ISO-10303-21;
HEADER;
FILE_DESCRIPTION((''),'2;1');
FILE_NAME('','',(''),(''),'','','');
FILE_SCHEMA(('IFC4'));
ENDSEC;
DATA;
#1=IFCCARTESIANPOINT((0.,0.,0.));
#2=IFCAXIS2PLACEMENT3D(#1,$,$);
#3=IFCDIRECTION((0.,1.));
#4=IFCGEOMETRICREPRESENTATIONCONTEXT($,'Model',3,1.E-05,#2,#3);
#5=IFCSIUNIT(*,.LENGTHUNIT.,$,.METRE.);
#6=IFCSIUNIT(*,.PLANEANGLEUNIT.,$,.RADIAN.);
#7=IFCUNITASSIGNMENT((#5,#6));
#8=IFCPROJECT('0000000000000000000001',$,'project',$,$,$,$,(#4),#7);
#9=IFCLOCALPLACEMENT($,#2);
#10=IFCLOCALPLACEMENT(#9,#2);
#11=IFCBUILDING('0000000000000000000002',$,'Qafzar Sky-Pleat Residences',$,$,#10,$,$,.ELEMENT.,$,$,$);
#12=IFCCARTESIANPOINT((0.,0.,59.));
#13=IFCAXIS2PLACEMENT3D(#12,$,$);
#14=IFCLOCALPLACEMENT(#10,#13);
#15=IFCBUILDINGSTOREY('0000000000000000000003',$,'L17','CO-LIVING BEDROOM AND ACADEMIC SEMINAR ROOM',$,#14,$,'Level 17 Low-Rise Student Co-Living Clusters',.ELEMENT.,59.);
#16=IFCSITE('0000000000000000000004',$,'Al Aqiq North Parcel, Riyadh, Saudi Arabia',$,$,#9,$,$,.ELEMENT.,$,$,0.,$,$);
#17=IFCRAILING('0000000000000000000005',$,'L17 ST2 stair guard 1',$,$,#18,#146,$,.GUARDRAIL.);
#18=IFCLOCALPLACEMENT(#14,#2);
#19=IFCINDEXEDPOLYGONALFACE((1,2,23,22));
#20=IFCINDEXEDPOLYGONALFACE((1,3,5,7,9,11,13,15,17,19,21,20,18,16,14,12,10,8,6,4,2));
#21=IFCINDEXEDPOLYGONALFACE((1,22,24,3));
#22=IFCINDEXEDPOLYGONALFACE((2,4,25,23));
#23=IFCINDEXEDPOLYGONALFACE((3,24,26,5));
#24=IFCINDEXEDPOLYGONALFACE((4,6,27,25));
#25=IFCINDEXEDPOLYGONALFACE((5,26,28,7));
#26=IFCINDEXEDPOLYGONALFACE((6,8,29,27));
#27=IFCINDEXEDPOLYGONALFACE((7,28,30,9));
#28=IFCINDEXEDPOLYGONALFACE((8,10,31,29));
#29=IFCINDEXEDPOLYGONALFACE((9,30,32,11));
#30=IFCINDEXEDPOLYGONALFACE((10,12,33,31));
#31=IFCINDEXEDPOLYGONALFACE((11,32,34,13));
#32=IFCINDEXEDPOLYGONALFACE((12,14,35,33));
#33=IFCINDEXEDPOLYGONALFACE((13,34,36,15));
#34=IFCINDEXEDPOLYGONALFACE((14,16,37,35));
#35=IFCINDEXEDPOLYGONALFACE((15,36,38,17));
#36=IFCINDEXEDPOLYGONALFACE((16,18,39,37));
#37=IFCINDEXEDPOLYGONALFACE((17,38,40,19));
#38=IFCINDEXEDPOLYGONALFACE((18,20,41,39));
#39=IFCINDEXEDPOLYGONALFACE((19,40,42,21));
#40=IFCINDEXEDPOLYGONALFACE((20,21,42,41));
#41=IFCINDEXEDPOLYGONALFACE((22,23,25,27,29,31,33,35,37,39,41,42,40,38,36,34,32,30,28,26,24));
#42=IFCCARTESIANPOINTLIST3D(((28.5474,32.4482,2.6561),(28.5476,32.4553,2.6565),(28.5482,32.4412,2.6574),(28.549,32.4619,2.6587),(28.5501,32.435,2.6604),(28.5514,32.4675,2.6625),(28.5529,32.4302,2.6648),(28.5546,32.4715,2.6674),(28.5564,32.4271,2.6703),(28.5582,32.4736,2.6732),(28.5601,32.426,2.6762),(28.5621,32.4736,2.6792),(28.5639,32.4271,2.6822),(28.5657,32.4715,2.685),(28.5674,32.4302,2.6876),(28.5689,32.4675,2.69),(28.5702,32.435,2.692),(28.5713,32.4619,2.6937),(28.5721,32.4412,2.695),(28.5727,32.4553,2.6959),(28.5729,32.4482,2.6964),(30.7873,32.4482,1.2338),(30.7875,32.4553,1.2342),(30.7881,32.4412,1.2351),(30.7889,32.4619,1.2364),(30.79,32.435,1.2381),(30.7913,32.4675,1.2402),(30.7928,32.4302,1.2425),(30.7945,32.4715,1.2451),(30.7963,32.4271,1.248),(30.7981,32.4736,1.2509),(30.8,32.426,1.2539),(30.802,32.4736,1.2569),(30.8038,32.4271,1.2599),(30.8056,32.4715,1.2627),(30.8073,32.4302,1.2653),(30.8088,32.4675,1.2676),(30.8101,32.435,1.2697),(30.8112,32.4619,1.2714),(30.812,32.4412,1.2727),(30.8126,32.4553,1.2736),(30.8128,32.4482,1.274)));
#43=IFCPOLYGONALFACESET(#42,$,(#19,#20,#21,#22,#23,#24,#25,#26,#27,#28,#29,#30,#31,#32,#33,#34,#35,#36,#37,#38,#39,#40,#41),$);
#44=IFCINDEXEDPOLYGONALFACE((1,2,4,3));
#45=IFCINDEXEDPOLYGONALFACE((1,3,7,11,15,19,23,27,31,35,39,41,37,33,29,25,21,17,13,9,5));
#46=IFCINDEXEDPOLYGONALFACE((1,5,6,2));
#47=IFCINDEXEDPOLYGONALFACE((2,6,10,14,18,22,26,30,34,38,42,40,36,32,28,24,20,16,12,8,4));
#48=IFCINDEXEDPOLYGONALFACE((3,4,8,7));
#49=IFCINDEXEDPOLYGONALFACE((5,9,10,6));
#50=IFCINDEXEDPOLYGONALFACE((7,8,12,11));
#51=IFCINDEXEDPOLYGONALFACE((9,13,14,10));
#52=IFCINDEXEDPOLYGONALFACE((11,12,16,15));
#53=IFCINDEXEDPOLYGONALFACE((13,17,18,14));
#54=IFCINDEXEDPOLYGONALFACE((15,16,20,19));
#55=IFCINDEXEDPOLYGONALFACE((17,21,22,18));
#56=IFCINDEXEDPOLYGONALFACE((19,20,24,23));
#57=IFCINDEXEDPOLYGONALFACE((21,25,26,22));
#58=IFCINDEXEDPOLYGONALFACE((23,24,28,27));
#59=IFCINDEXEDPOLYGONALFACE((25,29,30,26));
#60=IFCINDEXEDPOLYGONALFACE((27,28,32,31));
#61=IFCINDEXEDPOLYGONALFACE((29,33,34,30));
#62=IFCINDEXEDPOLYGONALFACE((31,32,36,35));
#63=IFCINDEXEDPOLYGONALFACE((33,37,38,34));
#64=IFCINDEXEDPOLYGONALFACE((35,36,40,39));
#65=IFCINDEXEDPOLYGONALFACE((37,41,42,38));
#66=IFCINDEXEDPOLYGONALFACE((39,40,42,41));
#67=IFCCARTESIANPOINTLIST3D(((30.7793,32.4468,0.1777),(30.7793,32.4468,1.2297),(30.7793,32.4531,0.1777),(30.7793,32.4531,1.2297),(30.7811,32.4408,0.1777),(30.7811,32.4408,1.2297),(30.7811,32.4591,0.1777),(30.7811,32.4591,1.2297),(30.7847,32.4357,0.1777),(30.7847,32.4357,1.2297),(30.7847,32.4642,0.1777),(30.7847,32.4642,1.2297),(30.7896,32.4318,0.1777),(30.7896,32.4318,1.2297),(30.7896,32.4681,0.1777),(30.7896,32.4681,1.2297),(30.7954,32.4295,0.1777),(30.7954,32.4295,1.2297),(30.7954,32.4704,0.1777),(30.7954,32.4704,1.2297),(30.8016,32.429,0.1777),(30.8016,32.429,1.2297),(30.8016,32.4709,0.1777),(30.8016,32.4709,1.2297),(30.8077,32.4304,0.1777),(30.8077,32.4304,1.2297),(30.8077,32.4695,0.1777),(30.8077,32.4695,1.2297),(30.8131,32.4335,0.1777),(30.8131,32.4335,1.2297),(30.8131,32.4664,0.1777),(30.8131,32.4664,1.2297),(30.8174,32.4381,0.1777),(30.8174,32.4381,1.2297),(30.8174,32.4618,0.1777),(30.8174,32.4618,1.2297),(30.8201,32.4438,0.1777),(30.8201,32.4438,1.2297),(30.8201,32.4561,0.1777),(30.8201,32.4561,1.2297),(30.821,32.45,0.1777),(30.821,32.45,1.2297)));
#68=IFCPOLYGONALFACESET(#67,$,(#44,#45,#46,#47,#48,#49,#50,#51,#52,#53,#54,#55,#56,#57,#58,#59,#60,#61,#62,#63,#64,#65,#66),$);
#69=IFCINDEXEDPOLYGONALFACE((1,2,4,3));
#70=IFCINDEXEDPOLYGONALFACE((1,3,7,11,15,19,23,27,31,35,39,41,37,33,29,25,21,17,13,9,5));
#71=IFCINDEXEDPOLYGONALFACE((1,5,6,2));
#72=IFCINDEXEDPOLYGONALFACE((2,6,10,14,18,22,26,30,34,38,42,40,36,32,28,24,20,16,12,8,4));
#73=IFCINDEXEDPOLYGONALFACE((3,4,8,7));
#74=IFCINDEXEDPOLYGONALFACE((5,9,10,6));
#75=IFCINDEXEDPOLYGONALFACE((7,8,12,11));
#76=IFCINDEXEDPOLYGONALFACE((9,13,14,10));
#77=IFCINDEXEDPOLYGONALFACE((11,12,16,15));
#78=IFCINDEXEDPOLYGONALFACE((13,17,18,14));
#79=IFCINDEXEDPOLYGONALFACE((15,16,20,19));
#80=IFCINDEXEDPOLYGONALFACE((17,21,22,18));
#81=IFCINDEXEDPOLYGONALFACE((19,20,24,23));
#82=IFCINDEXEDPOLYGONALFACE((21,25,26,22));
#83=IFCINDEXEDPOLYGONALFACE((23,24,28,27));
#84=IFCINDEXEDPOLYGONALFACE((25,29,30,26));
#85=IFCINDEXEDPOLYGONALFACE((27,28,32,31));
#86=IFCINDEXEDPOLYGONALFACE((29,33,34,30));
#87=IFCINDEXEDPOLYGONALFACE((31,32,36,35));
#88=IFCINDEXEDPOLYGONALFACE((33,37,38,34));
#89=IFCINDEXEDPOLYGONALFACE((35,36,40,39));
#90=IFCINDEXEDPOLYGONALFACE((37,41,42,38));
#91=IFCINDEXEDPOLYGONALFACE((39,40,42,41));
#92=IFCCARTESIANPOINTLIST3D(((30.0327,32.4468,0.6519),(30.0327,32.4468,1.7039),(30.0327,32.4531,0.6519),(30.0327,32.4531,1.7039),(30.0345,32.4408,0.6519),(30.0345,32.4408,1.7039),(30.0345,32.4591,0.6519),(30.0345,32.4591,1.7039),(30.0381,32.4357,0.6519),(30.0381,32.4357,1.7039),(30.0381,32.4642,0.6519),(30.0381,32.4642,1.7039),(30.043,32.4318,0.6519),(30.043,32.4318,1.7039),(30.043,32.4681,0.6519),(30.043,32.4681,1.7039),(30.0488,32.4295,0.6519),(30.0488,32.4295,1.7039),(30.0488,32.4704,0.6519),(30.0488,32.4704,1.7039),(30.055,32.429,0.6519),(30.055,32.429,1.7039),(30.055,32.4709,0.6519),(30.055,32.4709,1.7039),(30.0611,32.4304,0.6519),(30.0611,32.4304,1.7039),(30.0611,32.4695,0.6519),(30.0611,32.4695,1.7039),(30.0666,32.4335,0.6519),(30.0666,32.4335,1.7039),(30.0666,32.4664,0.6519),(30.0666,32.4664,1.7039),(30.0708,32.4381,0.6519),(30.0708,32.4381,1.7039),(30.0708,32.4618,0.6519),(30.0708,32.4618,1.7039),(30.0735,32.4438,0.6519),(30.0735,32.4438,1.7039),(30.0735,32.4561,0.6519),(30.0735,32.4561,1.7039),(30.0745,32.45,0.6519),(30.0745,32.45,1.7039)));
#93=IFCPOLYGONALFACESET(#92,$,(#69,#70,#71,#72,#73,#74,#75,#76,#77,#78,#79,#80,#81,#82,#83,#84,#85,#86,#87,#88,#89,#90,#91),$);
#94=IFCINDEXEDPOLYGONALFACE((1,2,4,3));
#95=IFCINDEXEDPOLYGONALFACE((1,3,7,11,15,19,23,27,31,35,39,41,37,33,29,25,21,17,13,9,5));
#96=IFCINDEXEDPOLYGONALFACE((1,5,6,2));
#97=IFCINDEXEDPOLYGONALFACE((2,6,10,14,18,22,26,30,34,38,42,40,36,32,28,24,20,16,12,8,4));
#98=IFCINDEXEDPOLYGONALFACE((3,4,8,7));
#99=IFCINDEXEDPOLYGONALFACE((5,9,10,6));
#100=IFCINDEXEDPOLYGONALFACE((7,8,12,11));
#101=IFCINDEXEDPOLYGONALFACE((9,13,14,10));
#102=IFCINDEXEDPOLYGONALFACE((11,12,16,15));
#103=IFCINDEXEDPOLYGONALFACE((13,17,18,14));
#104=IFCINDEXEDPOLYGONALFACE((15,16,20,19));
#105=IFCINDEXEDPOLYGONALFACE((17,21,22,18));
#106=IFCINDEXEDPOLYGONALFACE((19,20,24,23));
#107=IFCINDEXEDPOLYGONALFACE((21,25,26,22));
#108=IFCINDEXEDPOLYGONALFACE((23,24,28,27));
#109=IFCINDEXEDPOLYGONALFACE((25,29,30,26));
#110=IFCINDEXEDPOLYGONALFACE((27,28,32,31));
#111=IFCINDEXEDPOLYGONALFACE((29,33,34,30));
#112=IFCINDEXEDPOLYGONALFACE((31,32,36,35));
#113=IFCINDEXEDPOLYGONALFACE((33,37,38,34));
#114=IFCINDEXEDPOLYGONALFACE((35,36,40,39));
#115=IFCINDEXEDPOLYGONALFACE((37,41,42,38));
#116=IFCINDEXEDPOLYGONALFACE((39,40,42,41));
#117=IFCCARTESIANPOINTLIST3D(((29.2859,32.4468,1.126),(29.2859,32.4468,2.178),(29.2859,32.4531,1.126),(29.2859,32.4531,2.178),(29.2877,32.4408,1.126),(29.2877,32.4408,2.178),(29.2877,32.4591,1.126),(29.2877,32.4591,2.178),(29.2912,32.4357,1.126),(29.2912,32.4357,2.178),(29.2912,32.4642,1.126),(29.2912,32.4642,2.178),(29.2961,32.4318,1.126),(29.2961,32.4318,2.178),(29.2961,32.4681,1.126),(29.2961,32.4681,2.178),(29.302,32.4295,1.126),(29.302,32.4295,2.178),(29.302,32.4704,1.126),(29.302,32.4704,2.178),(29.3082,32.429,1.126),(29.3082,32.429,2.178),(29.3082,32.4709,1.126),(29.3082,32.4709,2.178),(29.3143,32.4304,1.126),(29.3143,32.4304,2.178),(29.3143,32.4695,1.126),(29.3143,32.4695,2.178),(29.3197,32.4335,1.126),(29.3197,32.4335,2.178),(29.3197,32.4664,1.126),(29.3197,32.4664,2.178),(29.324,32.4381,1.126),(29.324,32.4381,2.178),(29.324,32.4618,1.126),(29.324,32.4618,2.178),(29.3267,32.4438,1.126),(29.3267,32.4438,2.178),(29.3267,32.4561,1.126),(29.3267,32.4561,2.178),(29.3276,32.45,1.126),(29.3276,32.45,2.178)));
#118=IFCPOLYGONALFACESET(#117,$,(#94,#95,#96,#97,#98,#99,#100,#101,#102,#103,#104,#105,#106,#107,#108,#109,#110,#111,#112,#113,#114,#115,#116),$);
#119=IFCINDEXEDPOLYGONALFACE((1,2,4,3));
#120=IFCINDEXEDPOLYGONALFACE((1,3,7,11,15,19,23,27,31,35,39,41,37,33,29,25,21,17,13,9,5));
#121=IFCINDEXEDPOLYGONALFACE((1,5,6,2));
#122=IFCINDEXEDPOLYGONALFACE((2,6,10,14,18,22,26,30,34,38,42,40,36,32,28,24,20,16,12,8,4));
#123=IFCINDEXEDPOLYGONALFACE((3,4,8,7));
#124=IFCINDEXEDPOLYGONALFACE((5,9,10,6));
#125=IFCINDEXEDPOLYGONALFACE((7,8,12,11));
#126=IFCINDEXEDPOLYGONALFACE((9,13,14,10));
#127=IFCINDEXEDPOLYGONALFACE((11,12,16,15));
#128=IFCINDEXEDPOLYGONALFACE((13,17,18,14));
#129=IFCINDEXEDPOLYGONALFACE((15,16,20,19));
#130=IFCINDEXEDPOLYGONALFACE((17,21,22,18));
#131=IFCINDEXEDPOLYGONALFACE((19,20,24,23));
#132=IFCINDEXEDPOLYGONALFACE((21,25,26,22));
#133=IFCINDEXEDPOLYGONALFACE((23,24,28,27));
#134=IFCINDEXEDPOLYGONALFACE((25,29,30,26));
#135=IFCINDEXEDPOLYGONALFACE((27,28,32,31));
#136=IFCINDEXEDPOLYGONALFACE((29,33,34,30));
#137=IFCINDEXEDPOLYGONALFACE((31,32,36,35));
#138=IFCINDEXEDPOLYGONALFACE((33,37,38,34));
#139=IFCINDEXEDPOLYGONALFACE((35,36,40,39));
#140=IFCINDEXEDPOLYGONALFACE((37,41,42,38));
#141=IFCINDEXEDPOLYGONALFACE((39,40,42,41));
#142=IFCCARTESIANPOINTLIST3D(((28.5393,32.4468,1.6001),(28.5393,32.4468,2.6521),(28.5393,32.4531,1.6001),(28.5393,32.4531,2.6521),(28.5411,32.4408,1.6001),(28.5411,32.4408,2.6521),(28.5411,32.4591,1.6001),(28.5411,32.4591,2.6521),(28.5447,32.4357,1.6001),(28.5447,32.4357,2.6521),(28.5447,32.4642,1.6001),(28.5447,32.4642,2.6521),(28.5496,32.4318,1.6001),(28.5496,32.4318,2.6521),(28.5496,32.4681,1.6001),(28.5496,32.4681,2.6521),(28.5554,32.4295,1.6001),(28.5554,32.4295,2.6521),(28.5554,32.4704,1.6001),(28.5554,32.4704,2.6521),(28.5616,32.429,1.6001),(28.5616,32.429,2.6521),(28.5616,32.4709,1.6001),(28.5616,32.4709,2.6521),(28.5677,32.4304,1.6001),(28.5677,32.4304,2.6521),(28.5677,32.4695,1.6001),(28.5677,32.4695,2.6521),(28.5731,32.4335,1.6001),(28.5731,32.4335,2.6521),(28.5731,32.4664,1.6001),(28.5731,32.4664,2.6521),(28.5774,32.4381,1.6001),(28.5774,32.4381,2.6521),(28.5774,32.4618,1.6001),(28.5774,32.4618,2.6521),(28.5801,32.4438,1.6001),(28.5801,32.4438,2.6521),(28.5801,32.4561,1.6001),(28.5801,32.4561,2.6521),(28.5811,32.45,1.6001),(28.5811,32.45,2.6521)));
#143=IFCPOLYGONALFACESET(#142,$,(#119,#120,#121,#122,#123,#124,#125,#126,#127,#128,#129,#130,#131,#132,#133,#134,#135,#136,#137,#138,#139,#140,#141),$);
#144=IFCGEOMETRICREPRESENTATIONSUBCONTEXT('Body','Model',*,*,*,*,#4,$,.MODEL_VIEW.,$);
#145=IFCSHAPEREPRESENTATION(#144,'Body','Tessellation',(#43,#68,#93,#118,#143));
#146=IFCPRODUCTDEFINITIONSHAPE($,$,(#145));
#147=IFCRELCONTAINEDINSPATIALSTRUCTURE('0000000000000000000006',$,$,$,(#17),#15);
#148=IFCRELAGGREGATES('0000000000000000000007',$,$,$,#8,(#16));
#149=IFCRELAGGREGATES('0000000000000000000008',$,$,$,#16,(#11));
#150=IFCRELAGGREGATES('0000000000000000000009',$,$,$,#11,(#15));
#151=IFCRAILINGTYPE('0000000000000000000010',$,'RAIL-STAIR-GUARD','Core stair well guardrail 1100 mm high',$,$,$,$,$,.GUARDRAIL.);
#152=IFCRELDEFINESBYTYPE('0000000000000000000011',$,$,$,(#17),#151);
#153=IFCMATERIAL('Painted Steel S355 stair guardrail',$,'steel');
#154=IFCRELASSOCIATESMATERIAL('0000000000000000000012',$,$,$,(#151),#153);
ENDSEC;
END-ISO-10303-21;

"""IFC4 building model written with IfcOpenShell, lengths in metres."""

from ifc_helpers import new_model, si_unit, direction, frame, origin, origin_2d, place, context, subcontext, project, spatial, circle, extrude, source, transform, mapped, material, type_object, element, save


model = new_model("IFC4")

# Units and contexts
model_context = context("Model", 3, precision=1e-05, world=origin(), true_north=direction((0.0, 1.0)))
body_context = subcontext(model_context, "Body", "Model", "MODEL_VIEW")
ifc_project = project(units=[si_unit("LENGTHUNIT", "METRE"), si_unit("PLANEANGLEUNIT", "RADIAN")], contexts=[model_context])

# Site, building, storey
site_placement = place(None, origin())
site = spatial("IfcSite", under=ifc_project, at=site_placement, Name="Al Aqiq North Parcel, Riyadh, Saudi Arabia", CompositionType="ELEMENT", RefElevation=0.0)
building_placement = place(site_placement, origin())
building = spatial("IfcBuilding", under=site, at=building_placement, Name="Qafzar Sky-Pleat Residences", CompositionType="ELEMENT")
storey_placement = place(building_placement, frame((0.0, 0.0, 59.0)))
storey = spatial("IfcBuildingStorey", under=building, at=storey_placement, Name="L17", Description="CO-LIVING BEDROOM AND ACADEMIC SEMINAR ROOM", LongName="Level 17 Low-Rise Student Co-Living Clusters", CompositionType="ELEMENT", Elevation=59.0)

# Railing
ifc_material_1 = material(Name="Painted Steel S355 stair guardrail", Category="steel")
railing_type_1 = type_object("IfcRailingType", Name="RAIL-STAIR-GUARD", Description="Core stair well guardrail 1100 mm high", PredefinedType="GUARDRAIL", material=ifc_material_1)
shared_shape_1 = source(origin(), body_context, "Body", "SweptSolid", [
    extrude(circle(Radius=0.0239, at=origin_2d()), frame((0.0, 0.0, 1.0762), z_axis=(-0.844188, 0.0, 0.536048), x_axis=(0.0, -1.0, 0.0)), (0.0, 0.0, 1.0), 2.6533),
    extrude(circle(Radius=0.021, at=origin_2d()), origin(), (0.0, 0.0, 1.0), 1.052),
    extrude(circle(Radius=0.021, at=origin_2d()), frame((-0.7466, 0.0, 0.4741)), (0.0, 0.0, 1.0), 1.052),
    extrude(circle(Radius=0.021, at=origin_2d()), frame((-1.4934, 0.0, 0.9482)), (0.0, 0.0, 1.0), 1.052),
    extrude(circle(Radius=0.021, at=origin_2d()), frame((-2.24, 0.0, 1.4224)), (0.0, 0.0, 1.0), 1.052),
])
railing_1_placement = place(storey_placement, frame((30.8, 32.45, 0.1777)))
element("IfcRailing", 1, at=railing_1_placement, inside=storey, type_object=railing_type_1, Name="L17 ST2 stair guard 1", PredefinedType="GUARDRAIL", context=body_context, shape_type="MappedRepresentation", body=[
    mapped(shared_shape_1, transform((0.0, 0.0, 0.0), x_axis=(1.0, 0.0, 0.0), y_axis=(0.0, 1.0, 0.0), z_axis=(0.0, 0.0, 1.0), scale=1.0)),
])

save(model, "model.ifc")
